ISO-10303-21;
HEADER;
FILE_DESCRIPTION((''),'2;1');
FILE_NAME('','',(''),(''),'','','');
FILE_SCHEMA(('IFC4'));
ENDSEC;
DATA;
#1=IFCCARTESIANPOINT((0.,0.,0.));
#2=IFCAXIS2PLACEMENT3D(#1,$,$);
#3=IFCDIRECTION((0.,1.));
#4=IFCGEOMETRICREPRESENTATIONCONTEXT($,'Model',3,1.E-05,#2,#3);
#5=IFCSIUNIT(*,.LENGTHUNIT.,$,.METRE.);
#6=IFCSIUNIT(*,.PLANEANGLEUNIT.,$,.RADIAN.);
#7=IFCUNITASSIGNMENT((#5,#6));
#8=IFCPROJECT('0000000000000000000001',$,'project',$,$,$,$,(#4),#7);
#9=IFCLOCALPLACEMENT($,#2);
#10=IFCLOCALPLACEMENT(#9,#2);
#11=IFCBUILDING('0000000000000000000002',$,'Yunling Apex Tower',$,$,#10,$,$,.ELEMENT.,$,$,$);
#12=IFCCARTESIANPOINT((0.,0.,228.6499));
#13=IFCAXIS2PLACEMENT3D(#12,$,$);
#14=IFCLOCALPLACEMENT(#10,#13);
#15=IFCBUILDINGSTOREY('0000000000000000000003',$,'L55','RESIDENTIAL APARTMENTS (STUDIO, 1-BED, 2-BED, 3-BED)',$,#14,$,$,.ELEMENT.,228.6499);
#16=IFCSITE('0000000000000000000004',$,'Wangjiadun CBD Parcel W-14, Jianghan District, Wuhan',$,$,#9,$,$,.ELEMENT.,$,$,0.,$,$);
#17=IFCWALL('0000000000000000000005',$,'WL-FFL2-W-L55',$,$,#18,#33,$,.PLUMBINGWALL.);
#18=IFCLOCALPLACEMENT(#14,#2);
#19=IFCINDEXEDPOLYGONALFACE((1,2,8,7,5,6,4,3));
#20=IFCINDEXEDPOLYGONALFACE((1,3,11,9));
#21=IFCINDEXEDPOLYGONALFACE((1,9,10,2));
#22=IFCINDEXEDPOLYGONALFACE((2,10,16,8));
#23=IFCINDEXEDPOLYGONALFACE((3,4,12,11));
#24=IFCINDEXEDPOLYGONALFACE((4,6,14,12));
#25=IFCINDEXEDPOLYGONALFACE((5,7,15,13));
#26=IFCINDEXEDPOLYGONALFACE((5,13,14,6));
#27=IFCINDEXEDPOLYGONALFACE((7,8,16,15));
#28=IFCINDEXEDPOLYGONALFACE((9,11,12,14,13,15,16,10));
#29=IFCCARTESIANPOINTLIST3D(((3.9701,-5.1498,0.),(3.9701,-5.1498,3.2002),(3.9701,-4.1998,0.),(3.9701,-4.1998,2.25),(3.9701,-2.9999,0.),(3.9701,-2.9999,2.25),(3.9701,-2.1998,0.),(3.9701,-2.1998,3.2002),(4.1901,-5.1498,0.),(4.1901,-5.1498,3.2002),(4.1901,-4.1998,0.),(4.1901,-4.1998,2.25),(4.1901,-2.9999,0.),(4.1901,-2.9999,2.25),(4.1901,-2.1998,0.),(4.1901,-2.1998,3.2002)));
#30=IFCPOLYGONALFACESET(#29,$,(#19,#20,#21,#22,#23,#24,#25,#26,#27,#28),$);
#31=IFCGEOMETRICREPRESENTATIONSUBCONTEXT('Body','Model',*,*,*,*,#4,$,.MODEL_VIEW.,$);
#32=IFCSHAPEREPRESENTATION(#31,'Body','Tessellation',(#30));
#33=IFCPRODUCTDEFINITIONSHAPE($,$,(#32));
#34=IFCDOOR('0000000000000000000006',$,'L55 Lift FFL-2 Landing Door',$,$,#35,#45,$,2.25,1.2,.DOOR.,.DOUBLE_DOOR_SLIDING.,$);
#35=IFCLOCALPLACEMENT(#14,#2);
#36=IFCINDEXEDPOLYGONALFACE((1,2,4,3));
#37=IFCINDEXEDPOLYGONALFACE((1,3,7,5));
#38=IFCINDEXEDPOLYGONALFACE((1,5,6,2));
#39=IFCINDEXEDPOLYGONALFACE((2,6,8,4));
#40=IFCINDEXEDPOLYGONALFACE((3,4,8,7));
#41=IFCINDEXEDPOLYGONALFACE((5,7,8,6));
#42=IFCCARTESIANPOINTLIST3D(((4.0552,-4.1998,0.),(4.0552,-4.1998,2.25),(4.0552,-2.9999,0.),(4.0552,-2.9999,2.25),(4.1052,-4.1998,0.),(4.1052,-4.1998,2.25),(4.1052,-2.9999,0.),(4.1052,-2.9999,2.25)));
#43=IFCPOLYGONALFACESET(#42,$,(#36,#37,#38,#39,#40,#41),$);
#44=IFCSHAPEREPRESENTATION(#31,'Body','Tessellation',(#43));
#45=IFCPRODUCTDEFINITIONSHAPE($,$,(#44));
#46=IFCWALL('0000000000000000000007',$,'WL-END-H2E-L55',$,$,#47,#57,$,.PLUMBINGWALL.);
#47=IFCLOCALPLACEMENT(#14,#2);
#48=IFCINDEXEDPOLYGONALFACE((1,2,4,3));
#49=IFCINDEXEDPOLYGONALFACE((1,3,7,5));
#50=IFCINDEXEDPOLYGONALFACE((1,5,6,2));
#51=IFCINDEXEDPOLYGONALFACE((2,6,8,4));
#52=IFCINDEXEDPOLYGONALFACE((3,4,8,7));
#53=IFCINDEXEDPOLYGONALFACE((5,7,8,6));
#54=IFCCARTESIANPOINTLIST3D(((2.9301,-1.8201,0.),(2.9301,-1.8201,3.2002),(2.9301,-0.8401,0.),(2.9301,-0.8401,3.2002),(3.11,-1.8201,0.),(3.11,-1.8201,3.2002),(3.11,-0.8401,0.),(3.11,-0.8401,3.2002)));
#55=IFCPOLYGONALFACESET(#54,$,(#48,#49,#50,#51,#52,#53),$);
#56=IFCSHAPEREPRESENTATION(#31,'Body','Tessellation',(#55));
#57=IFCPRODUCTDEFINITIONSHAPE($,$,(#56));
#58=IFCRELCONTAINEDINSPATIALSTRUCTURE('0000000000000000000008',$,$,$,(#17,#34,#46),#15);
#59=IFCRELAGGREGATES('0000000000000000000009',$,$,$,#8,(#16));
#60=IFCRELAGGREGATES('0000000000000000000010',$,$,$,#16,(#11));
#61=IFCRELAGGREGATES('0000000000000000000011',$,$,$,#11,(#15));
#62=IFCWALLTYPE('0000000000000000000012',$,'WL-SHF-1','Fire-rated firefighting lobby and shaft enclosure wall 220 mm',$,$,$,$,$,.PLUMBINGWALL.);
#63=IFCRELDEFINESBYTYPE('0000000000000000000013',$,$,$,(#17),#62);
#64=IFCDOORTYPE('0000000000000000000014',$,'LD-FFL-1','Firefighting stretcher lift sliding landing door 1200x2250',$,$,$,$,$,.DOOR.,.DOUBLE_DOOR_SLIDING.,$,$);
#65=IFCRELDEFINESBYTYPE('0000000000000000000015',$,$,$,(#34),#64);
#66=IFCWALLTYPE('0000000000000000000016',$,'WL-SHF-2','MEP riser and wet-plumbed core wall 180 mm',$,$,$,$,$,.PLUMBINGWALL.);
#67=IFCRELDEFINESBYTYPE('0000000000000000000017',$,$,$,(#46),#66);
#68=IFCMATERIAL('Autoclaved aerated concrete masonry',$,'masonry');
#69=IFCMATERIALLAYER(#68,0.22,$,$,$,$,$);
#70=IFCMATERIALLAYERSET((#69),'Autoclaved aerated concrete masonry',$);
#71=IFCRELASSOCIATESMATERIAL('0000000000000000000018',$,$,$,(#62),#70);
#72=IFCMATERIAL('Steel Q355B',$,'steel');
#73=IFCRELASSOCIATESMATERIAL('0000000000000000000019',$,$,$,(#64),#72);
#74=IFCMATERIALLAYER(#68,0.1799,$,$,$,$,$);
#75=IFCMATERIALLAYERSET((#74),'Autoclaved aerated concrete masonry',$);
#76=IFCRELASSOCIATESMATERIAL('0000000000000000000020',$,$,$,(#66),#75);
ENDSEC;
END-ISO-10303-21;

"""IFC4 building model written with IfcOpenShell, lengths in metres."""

from ifc_helpers import new_model, si_unit, direction, frame, frame_2d, origin, place, context, subcontext, project, spatial, rectangle, extrude, material, layer, layer_set, type_object, element, fill, save


model = new_model("IFC4")

# Units and contexts
model_context = context("Model", 3, precision=1e-05, world=origin(), true_north=direction((0.0, 1.0)))
body_context = subcontext(model_context, "Body", "Model", "MODEL_VIEW")
ifc_project = project(units=[si_unit("LENGTHUNIT", "METRE"), si_unit("PLANEANGLEUNIT", "RADIAN")], contexts=[model_context])

# Site, building, storey
site_placement = place(None, origin())
site = spatial("IfcSite", under=ifc_project, at=site_placement, Name="Wangjiadun CBD Parcel W-14, Jianghan District, Wuhan", CompositionType="ELEMENT", RefElevation=0.0)
building_placement = place(site_placement, origin())
building = spatial("IfcBuilding", under=site, at=building_placement, Name="Yunling Apex Tower", CompositionType="ELEMENT")
storey_placement = place(building_placement, frame((0.0, 0.0, 228.6499)))
storey = spatial("IfcBuildingStorey", under=building, at=storey_placement, Name="L55", Description="RESIDENTIAL APARTMENTS (STUDIO, 1-BED, 2-BED, 3-BED)", CompositionType="ELEMENT", Elevation=228.6499)

# Shared definitions
ifc_material_1 = material(Name="Steel Q355B", Category="steel")

# Wall, opening, door
ifc_material_2 = material(Name="Autoclaved aerated concrete masonry", Category="masonry")
ifc_layer_1 = layer(ifc_material_2, 0.22)
ifc_layer_set_1 = layer_set([ifc_layer_1], Name="Autoclaved aerated concrete masonry")
wall_type_1 = type_object("IfcWallType", Name="WL-SHF-1", Description="Fire-rated firefighting lobby and shaft enclosure wall 220 mm", PredefinedType="PLUMBINGWALL", material=ifc_layer_set_1)
wall_1_placement = place(storey_placement, frame((4.0801, -5.1499, 0.0), z_axis=(0.0, 0.0, 1.0), x_axis=(0.0, 1.0, 0.0)))
wall_1 = element("IfcWall", 1, at=wall_1_placement, inside=storey, type_object=wall_type_1, Name="WL-FFL2-W-L55", PredefinedType="PLUMBINGWALL", context=body_context, shape_type="SweptSolid", body=[
    extrude(rectangle(XDim=2.95, YDim=0.22, at=frame_2d((1.4751, 0.0))), origin(), (0.0, 0.0, 1.0), 3.2002),
])
opening_1_placement = place(wall_1_placement, frame((0.95, 0.0, 0.0)))
opening_1 = element("IfcOpeningElement", 2, at=opening_1_placement, cuts=wall_1, PredefinedType="OPENING", context=body_context, shape_type="SweptSolid", body=[
    extrude(rectangle(XDim=1.2, YDim=2.25, at=frame_2d((0.6001, 1.125))), frame((0.0, 0.1201, 0.0), z_axis=(0.0, -1.0, 0.0), x_axis=(1.0, 0.0, 0.0)), (0.0, 0.0, 1.0), 0.24),
])
door_type_1 = type_object("IfcDoorType", Name="LD-FFL-1", Description="Firefighting stretcher lift sliding landing door 1200x2250", OperationType="DOUBLE_DOOR_SLIDING", PredefinedType="DOOR", material=ifc_material_1)
door_1_placement = place(opening_1_placement, origin())
door_1 = element("IfcDoor", 3, at=door_1_placement, inside=storey, type_object=door_type_1, Name="L55 Lift FFL-2 Landing Door", OperationType="DOUBLE_DOOR_SLIDING", OverallHeight=2.25, OverallWidth=1.2, PredefinedType="DOOR", context=body_context, shape_type="SweptSolid", body=[
    extrude(rectangle(XDim=1.2, YDim=2.25, at=frame_2d((0.6001, 1.125))), frame((0.0, 0.0249, 0.0), z_axis=(0.0, -1.0, 0.0), x_axis=(1.0, 0.0, 0.0)), (0.0, 0.0, 1.0), 0.05),
])
fill(opening_1, door_1)

# Wall
ifc_layer_2 = layer(ifc_material_2, 0.1799)
ifc_layer_set_2 = layer_set([ifc_layer_2], Name="Autoclaved aerated concrete masonry")
wall_type_2 = type_object("IfcWallType", Name="WL-SHF-2", Description="MEP riser and wet-plumbed core wall 180 mm", PredefinedType="PLUMBINGWALL", material=ifc_layer_set_2)
wall_2_placement = place(storey_placement, frame((3.02, -1.8201, 0.0), z_axis=(0.0, 0.0, 1.0), x_axis=(0.0, 1.0, 0.0)))
element("IfcWall", 4, at=wall_2_placement, inside=storey, type_object=wall_type_2, Name="WL-END-H2E-L55", PredefinedType="PLUMBINGWALL", context=body_context, shape_type="SweptSolid", body=[
    extrude(rectangle(XDim=0.98, YDim=0.1799, at=frame_2d((0.49, 0.0))), origin(), (0.0, 0.0, 1.0), 3.2002),
])

save(model, "model.ifc")
